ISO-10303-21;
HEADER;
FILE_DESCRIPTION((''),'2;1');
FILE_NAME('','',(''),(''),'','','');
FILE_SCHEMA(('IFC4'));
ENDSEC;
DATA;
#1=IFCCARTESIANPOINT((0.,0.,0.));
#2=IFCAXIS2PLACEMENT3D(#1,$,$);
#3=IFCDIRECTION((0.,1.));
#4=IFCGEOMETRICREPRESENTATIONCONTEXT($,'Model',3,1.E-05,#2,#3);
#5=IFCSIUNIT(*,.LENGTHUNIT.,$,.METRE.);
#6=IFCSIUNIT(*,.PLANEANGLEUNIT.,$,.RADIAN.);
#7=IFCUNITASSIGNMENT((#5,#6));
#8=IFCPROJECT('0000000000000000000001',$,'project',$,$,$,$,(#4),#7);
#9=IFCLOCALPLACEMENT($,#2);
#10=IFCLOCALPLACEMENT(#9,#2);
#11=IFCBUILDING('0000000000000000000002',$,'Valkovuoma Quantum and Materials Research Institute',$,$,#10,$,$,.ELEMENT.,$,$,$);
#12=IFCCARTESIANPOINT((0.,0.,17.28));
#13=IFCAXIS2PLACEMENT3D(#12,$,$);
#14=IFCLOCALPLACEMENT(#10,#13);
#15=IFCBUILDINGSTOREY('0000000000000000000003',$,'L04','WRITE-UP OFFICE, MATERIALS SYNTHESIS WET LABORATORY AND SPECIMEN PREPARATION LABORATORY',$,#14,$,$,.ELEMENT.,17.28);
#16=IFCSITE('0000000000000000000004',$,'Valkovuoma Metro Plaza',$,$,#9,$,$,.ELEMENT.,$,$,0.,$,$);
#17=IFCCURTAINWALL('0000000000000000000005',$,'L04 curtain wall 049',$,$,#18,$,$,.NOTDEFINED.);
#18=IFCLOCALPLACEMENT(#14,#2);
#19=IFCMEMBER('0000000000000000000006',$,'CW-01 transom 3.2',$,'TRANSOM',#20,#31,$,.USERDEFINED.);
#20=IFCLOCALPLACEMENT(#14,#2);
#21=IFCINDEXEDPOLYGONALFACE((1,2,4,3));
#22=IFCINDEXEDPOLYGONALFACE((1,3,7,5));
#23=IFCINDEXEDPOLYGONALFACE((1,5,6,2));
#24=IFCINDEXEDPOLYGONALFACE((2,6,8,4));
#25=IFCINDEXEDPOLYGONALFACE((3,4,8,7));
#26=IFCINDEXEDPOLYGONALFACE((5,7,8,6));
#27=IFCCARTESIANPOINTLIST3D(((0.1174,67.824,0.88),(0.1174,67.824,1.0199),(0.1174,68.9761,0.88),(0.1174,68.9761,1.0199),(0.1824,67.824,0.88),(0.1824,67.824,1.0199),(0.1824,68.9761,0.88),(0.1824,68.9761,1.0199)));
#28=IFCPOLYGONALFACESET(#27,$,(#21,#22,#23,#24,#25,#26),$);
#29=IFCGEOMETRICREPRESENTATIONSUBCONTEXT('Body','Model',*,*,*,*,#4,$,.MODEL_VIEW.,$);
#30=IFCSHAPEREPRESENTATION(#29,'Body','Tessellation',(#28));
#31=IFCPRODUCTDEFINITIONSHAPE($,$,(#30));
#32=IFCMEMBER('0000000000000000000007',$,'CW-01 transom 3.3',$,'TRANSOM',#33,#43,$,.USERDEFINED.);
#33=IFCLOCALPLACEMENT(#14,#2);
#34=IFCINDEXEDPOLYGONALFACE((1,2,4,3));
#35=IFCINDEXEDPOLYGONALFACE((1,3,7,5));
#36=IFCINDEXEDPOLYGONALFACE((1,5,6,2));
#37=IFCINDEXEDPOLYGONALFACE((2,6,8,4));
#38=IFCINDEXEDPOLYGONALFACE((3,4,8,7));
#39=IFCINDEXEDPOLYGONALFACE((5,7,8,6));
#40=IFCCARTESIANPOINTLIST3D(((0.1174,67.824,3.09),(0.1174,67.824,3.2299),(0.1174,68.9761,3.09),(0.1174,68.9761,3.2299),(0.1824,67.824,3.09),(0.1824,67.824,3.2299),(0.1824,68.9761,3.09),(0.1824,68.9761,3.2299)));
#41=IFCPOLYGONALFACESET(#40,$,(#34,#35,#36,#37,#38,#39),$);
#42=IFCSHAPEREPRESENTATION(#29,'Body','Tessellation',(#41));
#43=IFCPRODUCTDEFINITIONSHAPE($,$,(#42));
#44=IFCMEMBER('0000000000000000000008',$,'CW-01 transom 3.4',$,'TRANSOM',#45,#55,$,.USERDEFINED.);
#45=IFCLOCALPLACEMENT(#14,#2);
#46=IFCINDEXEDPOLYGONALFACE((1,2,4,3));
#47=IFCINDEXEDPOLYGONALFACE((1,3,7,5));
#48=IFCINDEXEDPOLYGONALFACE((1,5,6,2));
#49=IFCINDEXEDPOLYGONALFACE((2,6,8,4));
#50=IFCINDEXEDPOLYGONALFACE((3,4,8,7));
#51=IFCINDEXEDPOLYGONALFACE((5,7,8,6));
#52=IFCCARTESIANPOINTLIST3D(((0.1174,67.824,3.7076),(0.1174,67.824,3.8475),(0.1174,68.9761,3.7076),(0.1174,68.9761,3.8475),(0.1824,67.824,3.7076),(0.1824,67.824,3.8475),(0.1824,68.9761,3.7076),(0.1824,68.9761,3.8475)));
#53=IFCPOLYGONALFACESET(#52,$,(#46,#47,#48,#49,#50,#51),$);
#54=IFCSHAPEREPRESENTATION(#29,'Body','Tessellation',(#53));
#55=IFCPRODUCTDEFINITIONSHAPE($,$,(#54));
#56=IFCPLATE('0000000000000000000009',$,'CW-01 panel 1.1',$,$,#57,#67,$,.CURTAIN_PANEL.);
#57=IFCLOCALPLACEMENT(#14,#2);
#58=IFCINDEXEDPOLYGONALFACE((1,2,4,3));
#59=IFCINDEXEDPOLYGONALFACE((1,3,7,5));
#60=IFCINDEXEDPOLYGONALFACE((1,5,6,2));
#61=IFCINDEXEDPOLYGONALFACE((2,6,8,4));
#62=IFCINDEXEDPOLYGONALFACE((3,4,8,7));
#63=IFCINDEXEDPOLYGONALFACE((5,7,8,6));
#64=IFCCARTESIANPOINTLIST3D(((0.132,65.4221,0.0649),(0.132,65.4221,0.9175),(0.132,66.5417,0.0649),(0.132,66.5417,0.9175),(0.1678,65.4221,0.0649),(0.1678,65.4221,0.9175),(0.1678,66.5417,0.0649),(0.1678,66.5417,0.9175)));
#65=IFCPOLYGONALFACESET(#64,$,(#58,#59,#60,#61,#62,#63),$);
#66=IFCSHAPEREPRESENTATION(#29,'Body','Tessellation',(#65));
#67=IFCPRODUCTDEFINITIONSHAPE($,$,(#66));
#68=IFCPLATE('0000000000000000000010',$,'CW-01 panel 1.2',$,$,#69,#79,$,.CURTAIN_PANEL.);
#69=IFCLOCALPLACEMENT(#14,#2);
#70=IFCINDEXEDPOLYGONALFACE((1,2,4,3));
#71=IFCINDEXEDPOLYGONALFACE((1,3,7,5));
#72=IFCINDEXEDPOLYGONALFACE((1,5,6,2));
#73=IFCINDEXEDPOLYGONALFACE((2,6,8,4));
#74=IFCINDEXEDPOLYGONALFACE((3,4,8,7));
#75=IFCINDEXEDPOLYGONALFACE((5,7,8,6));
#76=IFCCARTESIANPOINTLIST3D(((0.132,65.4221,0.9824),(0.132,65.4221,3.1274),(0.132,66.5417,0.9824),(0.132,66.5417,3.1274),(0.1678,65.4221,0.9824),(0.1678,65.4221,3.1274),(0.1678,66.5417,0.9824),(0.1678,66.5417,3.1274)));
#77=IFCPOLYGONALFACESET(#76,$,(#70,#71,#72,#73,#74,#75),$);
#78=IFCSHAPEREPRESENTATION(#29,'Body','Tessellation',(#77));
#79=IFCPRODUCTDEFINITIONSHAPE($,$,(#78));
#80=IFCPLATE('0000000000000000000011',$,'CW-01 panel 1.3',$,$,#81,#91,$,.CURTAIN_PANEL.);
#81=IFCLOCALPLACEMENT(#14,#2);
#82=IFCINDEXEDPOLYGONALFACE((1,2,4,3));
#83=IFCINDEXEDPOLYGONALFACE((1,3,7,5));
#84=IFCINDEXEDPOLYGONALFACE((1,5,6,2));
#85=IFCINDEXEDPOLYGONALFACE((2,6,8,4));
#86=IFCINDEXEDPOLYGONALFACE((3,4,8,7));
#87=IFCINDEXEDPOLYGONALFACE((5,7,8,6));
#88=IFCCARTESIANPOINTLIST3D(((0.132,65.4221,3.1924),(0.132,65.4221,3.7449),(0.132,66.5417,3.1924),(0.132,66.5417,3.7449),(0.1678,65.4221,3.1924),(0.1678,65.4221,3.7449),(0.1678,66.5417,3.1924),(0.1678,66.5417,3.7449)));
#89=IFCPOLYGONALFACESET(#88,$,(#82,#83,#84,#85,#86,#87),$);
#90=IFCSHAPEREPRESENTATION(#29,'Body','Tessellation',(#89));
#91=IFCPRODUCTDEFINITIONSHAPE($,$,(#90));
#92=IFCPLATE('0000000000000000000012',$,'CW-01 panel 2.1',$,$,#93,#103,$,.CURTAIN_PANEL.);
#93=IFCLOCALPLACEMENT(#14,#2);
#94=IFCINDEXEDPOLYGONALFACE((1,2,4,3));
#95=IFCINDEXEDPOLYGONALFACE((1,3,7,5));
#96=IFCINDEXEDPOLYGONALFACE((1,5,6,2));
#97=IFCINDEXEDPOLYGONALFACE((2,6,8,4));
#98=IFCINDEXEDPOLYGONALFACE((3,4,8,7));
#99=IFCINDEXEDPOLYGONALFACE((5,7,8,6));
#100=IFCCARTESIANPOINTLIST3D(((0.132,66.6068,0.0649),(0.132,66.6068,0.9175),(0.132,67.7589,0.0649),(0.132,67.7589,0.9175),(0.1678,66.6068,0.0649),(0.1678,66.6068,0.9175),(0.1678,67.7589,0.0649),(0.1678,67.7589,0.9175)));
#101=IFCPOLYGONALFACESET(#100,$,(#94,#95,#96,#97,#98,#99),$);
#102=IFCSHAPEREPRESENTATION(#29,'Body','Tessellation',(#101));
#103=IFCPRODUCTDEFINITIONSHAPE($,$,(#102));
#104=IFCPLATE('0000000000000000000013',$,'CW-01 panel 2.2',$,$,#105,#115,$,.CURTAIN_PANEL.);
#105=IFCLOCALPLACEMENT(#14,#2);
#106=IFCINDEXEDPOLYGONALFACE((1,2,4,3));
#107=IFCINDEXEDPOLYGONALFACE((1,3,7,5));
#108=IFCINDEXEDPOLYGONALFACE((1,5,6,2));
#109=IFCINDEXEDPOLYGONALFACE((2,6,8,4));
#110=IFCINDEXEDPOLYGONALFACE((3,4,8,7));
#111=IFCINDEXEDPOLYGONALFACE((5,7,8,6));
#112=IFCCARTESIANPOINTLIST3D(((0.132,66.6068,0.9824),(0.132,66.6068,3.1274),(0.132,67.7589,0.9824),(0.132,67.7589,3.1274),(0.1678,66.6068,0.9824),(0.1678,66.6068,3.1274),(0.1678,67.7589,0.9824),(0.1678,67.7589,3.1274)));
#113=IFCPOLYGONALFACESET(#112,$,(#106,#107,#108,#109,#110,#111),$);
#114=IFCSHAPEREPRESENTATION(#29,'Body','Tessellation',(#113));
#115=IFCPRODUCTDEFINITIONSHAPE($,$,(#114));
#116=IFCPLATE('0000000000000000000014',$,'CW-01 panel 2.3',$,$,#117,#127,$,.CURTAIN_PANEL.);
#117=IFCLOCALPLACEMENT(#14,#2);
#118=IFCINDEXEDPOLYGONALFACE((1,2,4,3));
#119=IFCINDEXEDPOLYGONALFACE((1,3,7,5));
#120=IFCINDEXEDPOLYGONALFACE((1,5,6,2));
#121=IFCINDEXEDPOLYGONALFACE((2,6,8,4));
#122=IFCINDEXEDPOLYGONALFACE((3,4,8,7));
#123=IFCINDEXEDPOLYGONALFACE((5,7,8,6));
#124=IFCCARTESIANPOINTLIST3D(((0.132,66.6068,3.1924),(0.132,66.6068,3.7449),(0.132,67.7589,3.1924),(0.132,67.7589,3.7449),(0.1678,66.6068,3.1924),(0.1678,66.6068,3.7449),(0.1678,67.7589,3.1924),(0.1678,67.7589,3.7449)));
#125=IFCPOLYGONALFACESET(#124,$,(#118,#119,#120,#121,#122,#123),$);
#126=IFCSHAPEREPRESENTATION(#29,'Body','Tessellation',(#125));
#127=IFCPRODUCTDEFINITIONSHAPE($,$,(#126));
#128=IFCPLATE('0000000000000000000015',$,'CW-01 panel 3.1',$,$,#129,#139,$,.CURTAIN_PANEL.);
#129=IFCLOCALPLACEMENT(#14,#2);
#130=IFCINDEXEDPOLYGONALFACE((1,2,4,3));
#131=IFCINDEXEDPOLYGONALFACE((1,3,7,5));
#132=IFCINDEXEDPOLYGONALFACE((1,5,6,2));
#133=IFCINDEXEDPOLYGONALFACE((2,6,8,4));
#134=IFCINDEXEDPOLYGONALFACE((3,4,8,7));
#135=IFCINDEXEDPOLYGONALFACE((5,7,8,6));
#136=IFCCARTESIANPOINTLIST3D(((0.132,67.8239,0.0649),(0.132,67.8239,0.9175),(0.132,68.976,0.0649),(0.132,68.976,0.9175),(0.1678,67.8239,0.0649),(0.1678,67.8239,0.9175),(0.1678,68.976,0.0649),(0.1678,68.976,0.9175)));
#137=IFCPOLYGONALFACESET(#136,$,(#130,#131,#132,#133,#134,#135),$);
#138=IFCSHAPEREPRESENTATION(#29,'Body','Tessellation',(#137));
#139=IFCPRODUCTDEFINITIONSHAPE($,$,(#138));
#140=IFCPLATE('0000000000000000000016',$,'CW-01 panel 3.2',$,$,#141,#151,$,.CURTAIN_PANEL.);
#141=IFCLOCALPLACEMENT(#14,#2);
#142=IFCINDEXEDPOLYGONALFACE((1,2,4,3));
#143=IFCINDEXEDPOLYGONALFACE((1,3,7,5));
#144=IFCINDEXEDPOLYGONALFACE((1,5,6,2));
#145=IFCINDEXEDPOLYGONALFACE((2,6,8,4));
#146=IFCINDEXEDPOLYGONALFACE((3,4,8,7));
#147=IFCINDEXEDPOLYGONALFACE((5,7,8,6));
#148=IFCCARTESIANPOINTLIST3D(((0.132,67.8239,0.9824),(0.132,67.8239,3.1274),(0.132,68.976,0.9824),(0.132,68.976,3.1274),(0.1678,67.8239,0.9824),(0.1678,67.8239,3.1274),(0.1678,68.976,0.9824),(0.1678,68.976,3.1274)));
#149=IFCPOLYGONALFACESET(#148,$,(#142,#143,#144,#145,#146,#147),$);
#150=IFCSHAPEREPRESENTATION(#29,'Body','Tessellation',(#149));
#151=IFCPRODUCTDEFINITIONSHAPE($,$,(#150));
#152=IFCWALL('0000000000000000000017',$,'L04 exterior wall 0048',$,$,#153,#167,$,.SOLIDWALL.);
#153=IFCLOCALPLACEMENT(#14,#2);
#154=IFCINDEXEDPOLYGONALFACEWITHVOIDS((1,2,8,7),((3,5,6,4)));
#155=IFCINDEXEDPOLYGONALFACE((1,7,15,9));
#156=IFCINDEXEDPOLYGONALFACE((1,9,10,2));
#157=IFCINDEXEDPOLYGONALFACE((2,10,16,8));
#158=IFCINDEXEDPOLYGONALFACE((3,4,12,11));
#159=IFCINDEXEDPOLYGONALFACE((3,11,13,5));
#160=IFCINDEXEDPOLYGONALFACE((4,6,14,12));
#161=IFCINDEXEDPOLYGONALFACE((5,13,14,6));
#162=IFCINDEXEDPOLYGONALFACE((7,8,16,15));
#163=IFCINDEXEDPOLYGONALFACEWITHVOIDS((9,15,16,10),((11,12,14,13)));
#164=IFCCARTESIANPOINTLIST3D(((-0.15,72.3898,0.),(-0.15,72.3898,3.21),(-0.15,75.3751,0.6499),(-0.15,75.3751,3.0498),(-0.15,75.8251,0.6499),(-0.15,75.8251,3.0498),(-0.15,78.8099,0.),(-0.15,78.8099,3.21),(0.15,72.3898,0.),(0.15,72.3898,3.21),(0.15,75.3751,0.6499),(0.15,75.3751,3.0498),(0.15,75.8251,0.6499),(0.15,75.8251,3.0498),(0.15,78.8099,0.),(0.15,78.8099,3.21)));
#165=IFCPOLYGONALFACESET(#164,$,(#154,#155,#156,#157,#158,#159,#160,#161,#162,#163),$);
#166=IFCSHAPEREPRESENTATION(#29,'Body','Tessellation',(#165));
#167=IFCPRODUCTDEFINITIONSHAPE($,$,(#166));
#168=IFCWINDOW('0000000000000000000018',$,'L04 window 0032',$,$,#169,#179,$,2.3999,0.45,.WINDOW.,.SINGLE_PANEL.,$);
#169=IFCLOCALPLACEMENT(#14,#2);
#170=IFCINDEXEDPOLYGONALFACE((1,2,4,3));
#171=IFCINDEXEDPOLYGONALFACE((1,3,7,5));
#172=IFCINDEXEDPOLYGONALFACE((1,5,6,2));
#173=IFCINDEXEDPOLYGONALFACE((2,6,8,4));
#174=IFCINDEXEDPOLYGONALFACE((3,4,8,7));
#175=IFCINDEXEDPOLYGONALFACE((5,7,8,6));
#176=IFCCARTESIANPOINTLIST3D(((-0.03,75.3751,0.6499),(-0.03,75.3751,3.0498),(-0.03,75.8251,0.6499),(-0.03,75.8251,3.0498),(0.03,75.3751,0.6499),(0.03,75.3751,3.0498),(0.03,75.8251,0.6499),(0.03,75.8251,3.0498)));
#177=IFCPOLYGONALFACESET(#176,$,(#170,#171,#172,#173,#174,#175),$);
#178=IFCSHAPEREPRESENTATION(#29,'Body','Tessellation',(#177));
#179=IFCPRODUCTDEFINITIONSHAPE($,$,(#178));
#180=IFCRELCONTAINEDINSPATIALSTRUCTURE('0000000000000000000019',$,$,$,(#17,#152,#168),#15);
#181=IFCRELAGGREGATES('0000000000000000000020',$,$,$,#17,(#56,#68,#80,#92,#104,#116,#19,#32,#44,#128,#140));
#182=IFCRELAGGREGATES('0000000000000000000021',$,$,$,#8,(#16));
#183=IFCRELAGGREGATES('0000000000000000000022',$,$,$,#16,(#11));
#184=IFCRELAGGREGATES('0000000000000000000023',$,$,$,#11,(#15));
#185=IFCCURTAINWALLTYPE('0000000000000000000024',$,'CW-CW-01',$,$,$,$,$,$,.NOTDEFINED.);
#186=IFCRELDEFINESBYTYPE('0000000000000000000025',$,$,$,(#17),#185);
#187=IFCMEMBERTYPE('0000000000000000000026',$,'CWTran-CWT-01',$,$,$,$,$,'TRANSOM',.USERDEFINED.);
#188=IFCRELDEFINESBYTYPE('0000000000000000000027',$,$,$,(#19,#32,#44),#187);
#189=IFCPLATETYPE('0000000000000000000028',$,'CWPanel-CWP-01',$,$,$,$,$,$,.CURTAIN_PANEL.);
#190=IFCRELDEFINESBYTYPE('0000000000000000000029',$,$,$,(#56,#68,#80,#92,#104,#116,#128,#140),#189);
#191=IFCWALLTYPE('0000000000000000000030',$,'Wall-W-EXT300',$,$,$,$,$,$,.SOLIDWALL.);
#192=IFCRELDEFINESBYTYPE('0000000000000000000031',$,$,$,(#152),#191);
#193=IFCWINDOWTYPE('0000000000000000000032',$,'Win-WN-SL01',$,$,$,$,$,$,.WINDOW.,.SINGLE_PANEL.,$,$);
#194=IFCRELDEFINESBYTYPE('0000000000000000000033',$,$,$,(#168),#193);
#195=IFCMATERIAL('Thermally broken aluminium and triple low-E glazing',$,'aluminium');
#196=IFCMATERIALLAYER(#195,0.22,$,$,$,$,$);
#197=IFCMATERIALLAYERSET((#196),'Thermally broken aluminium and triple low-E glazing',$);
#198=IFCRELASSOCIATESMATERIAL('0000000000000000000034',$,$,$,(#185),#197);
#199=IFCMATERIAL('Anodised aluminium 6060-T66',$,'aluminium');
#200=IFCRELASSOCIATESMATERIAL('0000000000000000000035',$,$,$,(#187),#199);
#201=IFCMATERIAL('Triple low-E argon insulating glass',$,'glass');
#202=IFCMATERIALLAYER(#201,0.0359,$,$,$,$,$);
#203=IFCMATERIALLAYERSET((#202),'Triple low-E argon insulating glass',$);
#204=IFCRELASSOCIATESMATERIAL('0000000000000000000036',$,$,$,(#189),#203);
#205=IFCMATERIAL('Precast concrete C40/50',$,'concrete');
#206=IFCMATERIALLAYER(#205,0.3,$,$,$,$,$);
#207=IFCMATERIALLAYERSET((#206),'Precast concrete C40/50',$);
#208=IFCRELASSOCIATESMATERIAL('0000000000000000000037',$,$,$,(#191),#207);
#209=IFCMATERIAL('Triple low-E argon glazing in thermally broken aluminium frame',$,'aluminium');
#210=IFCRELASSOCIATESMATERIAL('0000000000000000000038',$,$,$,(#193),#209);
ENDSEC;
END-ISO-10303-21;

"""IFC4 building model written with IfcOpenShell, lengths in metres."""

from ifc_helpers import new_model, si_unit, direction, frame, frame_2d, origin, origin_2d, place, context, subcontext, project, spatial, rectangle, extrude, material, layer, layer_set, material_profile, profile_set, type_object, element, fill, aggregate, save


model = new_model("IFC4")

# Units and contexts
model_context = context("Model", 3, precision=1e-05, world=origin(), true_north=direction((0.0, 1.0)))
body_context = subcontext(model_context, "Body", "Model", "MODEL_VIEW")
ifc_project = project(units=[si_unit("LENGTHUNIT", "METRE"), si_unit("PLANEANGLEUNIT", "RADIAN")], contexts=[model_context])

# Site, building, storey
site_placement = place(None, origin())
site = spatial("IfcSite", under=ifc_project, at=site_placement, Name="Valkovuoma Metro Plaza", CompositionType="ELEMENT", RefElevation=0.0)
building_placement = place(site_placement, origin())
building = spatial("IfcBuilding", under=site, at=building_placement, Name="Valkovuoma Quantum and Materials Research Institute", CompositionType="ELEMENT")
storey_placement = place(building_placement, frame((0.0, 0.0, 17.28)))
storey = spatial("IfcBuildingStorey", under=building, at=storey_placement, Name="L04", Description="WRITE-UP OFFICE, MATERIALS SYNTHESIS WET LABORATORY AND SPECIMEN PREPARATION LABORATORY", CompositionType="ELEMENT", Elevation=17.28)

# Curtain wall, members, plates
ifc_material_1 = material(Name="Thermally broken aluminium and triple low-E glazing", Category="aluminium")
ifc_layer_1 = layer(ifc_material_1, 0.22)
ifc_layer_set_1 = layer_set([ifc_layer_1], Name="Thermally broken aluminium and triple low-E glazing")
curtain_wall_type = type_object("IfcCurtainWallType", Name="CW-CW-01", PredefinedType="NOTDEFINED", material=ifc_layer_set_1)
curtain_wall_placement = place(storey_placement, origin())
curtain_wall = element("IfcCurtainWall", 1, at=curtain_wall_placement, inside=storey, type_object=curtain_wall_type, Name="L04 curtain wall 049", PredefinedType="NOTDEFINED")
ifc_material_2 = material(Name="Anodised aluminium 6060-T66", Category="aluminium")
ifc_material_profile_1 = material_profile(ifc_material_2, rectangle(XDim=0.0649, YDim=0.1399, at=origin_2d()), Name="Anodised aluminium 6060-T66")
ifc_profile_set_1 = profile_set([ifc_material_profile_1], Name="Anodised aluminium 6060-T66")
member_type_1 = type_object("IfcMemberType", Name="CWTran-CWT-01", ElementType="TRANSOM", PredefinedType="USERDEFINED", material=ifc_profile_set_1)
member_1_placement = place(storey_placement, frame((0.1499, 67.824, 0.95), z_axis=(0.0, 1.0, 0.0), x_axis=(-1.0, 0.0, 0.0)))
member_1 = element("IfcMember", 2, at=member_1_placement, type_object=member_type_1, Name="CW-01 transom 3.2", ObjectType="TRANSOM", PredefinedType="USERDEFINED", context=body_context, shape_type="SweptSolid", body=[
    extrude(rectangle(XDim=0.0649, YDim=0.1399, at=origin_2d()), origin(), (0.0, 0.0, 1.0), 1.1521),
])
member_2_placement = place(storey_placement, frame((0.1499, 67.824, 3.1599), z_axis=(0.0, 1.0, 0.0), x_axis=(-1.0, 0.0, 0.0)))
member_2 = element("IfcMember", 3, at=member_2_placement, type_object=member_type_1, Name="CW-01 transom 3.3", ObjectType="TRANSOM", PredefinedType="USERDEFINED", context=body_context, shape_type="SweptSolid", body=[
    extrude(rectangle(XDim=0.0649, YDim=0.1399, at=origin_2d()), origin(), (0.0, 0.0, 1.0), 1.1521),
])
member_3_placement = place(storey_placement, frame((0.1499, 67.824, 3.7776), z_axis=(0.0, 1.0, 0.0), x_axis=(-1.0, 0.0, 0.0)))
member_3 = element("IfcMember", 4, at=member_3_placement, type_object=member_type_1, Name="CW-01 transom 3.4", ObjectType="TRANSOM", PredefinedType="USERDEFINED", context=body_context, shape_type="SweptSolid", body=[
    extrude(rectangle(XDim=0.0649, YDim=0.1399, at=origin_2d()), origin(), (0.0, 0.0, 1.0), 1.1521),
])
ifc_material_3 = material(Name="Triple low-E argon insulating glass", Category="glass")
ifc_layer_2 = layer(ifc_material_3, 0.0359)
ifc_layer_set_2 = layer_set([ifc_layer_2], Name="Triple low-E argon insulating glass")
plate_type = type_object("IfcPlateType", Name="CWPanel-CWP-01", PredefinedType="CURTAIN_PANEL", material=ifc_layer_set_2)
plate_1_placement = place(storey_placement, frame((0.1499, 65.9819, 0.0649), z_axis=(0.0, 0.0, 1.0), x_axis=(0.0, 1.0, 0.0)))
plate_1 = element("IfcPlate", 5, at=plate_1_placement, type_object=plate_type, Name="CW-01 panel 1.1", PredefinedType="CURTAIN_PANEL", context=body_context, shape_type="SweptSolid", body=[
    extrude(rectangle(XDim=1.1196, YDim=0.0359, at=origin_2d()), origin(), (0.0, 0.0, 1.0), 0.8525),
])
plate_2_placement = place(storey_placement, frame((0.1499, 65.9819, 0.9824), z_axis=(0.0, 0.0, 1.0), x_axis=(0.0, 1.0, 0.0)))
plate_2 = element("IfcPlate", 6, at=plate_2_placement, type_object=plate_type, Name="CW-01 panel 1.2", PredefinedType="CURTAIN_PANEL", context=body_context, shape_type="SweptSolid", body=[
    extrude(rectangle(XDim=1.1196, YDim=0.0359, at=origin_2d()), origin(), (0.0, 0.0, 1.0), 2.145),
])
plate_3_placement = place(storey_placement, frame((0.1499, 65.9819, 3.1924), z_axis=(0.0, 0.0, 1.0), x_axis=(0.0, 1.0, 0.0)))
plate_3 = element("IfcPlate", 7, at=plate_3_placement, type_object=plate_type, Name="CW-01 panel 1.3", PredefinedType="CURTAIN_PANEL", context=body_context, shape_type="SweptSolid", body=[
    extrude(rectangle(XDim=1.1196, YDim=0.0359, at=origin_2d()), origin(), (0.0, 0.0, 1.0), 0.5525),
])
plate_4_placement = place(storey_placement, frame((0.1499, 67.1829, 0.0649), z_axis=(0.0, 0.0, 1.0), x_axis=(0.0, 1.0, 0.0)))
plate_4 = element("IfcPlate", 8, at=plate_4_placement, type_object=plate_type, Name="CW-01 panel 2.1", PredefinedType="CURTAIN_PANEL", context=body_context, shape_type="SweptSolid", body=[
    extrude(rectangle(XDim=1.1521, YDim=0.0359, at=origin_2d()), origin(), (0.0, 0.0, 1.0), 0.8525),
])
plate_5_placement = place(storey_placement, frame((0.1499, 67.1829, 0.9824), z_axis=(0.0, 0.0, 1.0), x_axis=(0.0, 1.0, 0.0)))
plate_5 = element("IfcPlate", 9, at=plate_5_placement, type_object=plate_type, Name="CW-01 panel 2.2", PredefinedType="CURTAIN_PANEL", context=body_context, shape_type="SweptSolid", body=[
    extrude(rectangle(XDim=1.1521, YDim=0.0359, at=origin_2d()), origin(), (0.0, 0.0, 1.0), 2.145),
])
plate_6_placement = place(storey_placement, frame((0.1499, 67.1829, 3.1924), z_axis=(0.0, 0.0, 1.0), x_axis=(0.0, 1.0, 0.0)))
plate_6 = element("IfcPlate", 10, at=plate_6_placement, type_object=plate_type, Name="CW-01 panel 2.3", PredefinedType="CURTAIN_PANEL", context=body_context, shape_type="SweptSolid", body=[
    extrude(rectangle(XDim=1.1521, YDim=0.0359, at=origin_2d()), origin(), (0.0, 0.0, 1.0), 0.5525),
])
plate_7_placement = place(storey_placement, frame((0.1499, 68.3999, 0.0649), z_axis=(0.0, 0.0, 1.0), x_axis=(0.0, 1.0, 0.0)))
plate_7 = element("IfcPlate", 11, at=plate_7_placement, type_object=plate_type, Name="CW-01 panel 3.1", PredefinedType="CURTAIN_PANEL", context=body_context, shape_type="SweptSolid", body=[
    extrude(rectangle(XDim=1.1521, YDim=0.0359, at=origin_2d()), origin(), (0.0, 0.0, 1.0), 0.8525),
])
plate_8_placement = place(storey_placement, frame((0.1499, 68.3999, 0.9824), z_axis=(0.0, 0.0, 1.0), x_axis=(0.0, 1.0, 0.0)))
plate_8 = element("IfcPlate", 12, at=plate_8_placement, type_object=plate_type, Name="CW-01 panel 3.2", PredefinedType="CURTAIN_PANEL", context=body_context, shape_type="SweptSolid", body=[
    extrude(rectangle(XDim=1.1521, YDim=0.0359, at=origin_2d()), origin(), (0.0, 0.0, 1.0), 2.145),
])
aggregate(curtain_wall, [plate_1, plate_2, plate_3, plate_4, plate_5, plate_6, member_1, member_2, member_3, plate_7, plate_8])

# Wall, opening, window
ifc_material_4 = material(Name="Precast concrete C40/50", Category="concrete")
ifc_layer_3 = layer(ifc_material_4, 0.3)
ifc_layer_set_3 = layer_set([ifc_layer_3], Name="Precast concrete C40/50")
wall_type = type_object("IfcWallType", Name="Wall-W-EXT300", PredefinedType="SOLIDWALL", material=ifc_layer_set_3)
wall_placement = place(storey_placement, frame((0.0, 72.3899, 0.0), z_axis=(0.0, 0.0, 1.0), x_axis=(0.0, 1.0, 0.0)))
wall = element("IfcWall", 13, at=wall_placement, inside=storey, type_object=wall_type, Name="L04 exterior wall 0048", PredefinedType="SOLIDWALL", context=body_context, shape_type="SweptSolid", body=[
    extrude(rectangle(XDim=6.4202, YDim=0.3, at=frame_2d((3.21, 0.0))), origin(), (0.0, 0.0, 1.0), 3.21),
])
opening_placement = place(wall_placement, frame((2.9851, 0.0, 0.6499)))
opening = element("IfcOpeningElement", 14, at=opening_placement, cuts=wall, PredefinedType="OPENING", context=body_context, shape_type="SweptSolid", body=[
    extrude(rectangle(XDim=0.45, YDim=2.3999, at=frame_2d((0.2251, 1.2))), frame((0.0, 0.1602, 0.0), z_axis=(0.0, -1.0, 0.0), x_axis=(1.0, 0.0, 0.0)), (0.0, 0.0, 1.0), 0.3201),
])
ifc_material_5 = material(Name="Triple low-E argon glazing in thermally broken aluminium frame", Category="aluminium")
window_type = type_object("IfcWindowType", Name="Win-WN-SL01", PartitioningType="SINGLE_PANEL", PredefinedType="WINDOW", material=ifc_material_5)
window_placement = place(opening_placement, origin())
window = element("IfcWindow", 15, at=window_placement, inside=storey, type_object=window_type, Name="L04 window 0032", OverallHeight=2.3999, OverallWidth=0.45, PartitioningType="SINGLE_PANEL", PredefinedType="WINDOW", context=body_context, shape_type="SweptSolid", body=[
    extrude(rectangle(XDim=0.45, YDim=2.3999, at=frame_2d((0.2251, 1.2))), frame((0.0, 0.03, 0.0), z_axis=(0.0, -1.0, 0.0), x_axis=(1.0, 0.0, 0.0)), (0.0, 0.0, 1.0), 0.0601),
])
fill(opening, window)

save(model, "model.ifc")
